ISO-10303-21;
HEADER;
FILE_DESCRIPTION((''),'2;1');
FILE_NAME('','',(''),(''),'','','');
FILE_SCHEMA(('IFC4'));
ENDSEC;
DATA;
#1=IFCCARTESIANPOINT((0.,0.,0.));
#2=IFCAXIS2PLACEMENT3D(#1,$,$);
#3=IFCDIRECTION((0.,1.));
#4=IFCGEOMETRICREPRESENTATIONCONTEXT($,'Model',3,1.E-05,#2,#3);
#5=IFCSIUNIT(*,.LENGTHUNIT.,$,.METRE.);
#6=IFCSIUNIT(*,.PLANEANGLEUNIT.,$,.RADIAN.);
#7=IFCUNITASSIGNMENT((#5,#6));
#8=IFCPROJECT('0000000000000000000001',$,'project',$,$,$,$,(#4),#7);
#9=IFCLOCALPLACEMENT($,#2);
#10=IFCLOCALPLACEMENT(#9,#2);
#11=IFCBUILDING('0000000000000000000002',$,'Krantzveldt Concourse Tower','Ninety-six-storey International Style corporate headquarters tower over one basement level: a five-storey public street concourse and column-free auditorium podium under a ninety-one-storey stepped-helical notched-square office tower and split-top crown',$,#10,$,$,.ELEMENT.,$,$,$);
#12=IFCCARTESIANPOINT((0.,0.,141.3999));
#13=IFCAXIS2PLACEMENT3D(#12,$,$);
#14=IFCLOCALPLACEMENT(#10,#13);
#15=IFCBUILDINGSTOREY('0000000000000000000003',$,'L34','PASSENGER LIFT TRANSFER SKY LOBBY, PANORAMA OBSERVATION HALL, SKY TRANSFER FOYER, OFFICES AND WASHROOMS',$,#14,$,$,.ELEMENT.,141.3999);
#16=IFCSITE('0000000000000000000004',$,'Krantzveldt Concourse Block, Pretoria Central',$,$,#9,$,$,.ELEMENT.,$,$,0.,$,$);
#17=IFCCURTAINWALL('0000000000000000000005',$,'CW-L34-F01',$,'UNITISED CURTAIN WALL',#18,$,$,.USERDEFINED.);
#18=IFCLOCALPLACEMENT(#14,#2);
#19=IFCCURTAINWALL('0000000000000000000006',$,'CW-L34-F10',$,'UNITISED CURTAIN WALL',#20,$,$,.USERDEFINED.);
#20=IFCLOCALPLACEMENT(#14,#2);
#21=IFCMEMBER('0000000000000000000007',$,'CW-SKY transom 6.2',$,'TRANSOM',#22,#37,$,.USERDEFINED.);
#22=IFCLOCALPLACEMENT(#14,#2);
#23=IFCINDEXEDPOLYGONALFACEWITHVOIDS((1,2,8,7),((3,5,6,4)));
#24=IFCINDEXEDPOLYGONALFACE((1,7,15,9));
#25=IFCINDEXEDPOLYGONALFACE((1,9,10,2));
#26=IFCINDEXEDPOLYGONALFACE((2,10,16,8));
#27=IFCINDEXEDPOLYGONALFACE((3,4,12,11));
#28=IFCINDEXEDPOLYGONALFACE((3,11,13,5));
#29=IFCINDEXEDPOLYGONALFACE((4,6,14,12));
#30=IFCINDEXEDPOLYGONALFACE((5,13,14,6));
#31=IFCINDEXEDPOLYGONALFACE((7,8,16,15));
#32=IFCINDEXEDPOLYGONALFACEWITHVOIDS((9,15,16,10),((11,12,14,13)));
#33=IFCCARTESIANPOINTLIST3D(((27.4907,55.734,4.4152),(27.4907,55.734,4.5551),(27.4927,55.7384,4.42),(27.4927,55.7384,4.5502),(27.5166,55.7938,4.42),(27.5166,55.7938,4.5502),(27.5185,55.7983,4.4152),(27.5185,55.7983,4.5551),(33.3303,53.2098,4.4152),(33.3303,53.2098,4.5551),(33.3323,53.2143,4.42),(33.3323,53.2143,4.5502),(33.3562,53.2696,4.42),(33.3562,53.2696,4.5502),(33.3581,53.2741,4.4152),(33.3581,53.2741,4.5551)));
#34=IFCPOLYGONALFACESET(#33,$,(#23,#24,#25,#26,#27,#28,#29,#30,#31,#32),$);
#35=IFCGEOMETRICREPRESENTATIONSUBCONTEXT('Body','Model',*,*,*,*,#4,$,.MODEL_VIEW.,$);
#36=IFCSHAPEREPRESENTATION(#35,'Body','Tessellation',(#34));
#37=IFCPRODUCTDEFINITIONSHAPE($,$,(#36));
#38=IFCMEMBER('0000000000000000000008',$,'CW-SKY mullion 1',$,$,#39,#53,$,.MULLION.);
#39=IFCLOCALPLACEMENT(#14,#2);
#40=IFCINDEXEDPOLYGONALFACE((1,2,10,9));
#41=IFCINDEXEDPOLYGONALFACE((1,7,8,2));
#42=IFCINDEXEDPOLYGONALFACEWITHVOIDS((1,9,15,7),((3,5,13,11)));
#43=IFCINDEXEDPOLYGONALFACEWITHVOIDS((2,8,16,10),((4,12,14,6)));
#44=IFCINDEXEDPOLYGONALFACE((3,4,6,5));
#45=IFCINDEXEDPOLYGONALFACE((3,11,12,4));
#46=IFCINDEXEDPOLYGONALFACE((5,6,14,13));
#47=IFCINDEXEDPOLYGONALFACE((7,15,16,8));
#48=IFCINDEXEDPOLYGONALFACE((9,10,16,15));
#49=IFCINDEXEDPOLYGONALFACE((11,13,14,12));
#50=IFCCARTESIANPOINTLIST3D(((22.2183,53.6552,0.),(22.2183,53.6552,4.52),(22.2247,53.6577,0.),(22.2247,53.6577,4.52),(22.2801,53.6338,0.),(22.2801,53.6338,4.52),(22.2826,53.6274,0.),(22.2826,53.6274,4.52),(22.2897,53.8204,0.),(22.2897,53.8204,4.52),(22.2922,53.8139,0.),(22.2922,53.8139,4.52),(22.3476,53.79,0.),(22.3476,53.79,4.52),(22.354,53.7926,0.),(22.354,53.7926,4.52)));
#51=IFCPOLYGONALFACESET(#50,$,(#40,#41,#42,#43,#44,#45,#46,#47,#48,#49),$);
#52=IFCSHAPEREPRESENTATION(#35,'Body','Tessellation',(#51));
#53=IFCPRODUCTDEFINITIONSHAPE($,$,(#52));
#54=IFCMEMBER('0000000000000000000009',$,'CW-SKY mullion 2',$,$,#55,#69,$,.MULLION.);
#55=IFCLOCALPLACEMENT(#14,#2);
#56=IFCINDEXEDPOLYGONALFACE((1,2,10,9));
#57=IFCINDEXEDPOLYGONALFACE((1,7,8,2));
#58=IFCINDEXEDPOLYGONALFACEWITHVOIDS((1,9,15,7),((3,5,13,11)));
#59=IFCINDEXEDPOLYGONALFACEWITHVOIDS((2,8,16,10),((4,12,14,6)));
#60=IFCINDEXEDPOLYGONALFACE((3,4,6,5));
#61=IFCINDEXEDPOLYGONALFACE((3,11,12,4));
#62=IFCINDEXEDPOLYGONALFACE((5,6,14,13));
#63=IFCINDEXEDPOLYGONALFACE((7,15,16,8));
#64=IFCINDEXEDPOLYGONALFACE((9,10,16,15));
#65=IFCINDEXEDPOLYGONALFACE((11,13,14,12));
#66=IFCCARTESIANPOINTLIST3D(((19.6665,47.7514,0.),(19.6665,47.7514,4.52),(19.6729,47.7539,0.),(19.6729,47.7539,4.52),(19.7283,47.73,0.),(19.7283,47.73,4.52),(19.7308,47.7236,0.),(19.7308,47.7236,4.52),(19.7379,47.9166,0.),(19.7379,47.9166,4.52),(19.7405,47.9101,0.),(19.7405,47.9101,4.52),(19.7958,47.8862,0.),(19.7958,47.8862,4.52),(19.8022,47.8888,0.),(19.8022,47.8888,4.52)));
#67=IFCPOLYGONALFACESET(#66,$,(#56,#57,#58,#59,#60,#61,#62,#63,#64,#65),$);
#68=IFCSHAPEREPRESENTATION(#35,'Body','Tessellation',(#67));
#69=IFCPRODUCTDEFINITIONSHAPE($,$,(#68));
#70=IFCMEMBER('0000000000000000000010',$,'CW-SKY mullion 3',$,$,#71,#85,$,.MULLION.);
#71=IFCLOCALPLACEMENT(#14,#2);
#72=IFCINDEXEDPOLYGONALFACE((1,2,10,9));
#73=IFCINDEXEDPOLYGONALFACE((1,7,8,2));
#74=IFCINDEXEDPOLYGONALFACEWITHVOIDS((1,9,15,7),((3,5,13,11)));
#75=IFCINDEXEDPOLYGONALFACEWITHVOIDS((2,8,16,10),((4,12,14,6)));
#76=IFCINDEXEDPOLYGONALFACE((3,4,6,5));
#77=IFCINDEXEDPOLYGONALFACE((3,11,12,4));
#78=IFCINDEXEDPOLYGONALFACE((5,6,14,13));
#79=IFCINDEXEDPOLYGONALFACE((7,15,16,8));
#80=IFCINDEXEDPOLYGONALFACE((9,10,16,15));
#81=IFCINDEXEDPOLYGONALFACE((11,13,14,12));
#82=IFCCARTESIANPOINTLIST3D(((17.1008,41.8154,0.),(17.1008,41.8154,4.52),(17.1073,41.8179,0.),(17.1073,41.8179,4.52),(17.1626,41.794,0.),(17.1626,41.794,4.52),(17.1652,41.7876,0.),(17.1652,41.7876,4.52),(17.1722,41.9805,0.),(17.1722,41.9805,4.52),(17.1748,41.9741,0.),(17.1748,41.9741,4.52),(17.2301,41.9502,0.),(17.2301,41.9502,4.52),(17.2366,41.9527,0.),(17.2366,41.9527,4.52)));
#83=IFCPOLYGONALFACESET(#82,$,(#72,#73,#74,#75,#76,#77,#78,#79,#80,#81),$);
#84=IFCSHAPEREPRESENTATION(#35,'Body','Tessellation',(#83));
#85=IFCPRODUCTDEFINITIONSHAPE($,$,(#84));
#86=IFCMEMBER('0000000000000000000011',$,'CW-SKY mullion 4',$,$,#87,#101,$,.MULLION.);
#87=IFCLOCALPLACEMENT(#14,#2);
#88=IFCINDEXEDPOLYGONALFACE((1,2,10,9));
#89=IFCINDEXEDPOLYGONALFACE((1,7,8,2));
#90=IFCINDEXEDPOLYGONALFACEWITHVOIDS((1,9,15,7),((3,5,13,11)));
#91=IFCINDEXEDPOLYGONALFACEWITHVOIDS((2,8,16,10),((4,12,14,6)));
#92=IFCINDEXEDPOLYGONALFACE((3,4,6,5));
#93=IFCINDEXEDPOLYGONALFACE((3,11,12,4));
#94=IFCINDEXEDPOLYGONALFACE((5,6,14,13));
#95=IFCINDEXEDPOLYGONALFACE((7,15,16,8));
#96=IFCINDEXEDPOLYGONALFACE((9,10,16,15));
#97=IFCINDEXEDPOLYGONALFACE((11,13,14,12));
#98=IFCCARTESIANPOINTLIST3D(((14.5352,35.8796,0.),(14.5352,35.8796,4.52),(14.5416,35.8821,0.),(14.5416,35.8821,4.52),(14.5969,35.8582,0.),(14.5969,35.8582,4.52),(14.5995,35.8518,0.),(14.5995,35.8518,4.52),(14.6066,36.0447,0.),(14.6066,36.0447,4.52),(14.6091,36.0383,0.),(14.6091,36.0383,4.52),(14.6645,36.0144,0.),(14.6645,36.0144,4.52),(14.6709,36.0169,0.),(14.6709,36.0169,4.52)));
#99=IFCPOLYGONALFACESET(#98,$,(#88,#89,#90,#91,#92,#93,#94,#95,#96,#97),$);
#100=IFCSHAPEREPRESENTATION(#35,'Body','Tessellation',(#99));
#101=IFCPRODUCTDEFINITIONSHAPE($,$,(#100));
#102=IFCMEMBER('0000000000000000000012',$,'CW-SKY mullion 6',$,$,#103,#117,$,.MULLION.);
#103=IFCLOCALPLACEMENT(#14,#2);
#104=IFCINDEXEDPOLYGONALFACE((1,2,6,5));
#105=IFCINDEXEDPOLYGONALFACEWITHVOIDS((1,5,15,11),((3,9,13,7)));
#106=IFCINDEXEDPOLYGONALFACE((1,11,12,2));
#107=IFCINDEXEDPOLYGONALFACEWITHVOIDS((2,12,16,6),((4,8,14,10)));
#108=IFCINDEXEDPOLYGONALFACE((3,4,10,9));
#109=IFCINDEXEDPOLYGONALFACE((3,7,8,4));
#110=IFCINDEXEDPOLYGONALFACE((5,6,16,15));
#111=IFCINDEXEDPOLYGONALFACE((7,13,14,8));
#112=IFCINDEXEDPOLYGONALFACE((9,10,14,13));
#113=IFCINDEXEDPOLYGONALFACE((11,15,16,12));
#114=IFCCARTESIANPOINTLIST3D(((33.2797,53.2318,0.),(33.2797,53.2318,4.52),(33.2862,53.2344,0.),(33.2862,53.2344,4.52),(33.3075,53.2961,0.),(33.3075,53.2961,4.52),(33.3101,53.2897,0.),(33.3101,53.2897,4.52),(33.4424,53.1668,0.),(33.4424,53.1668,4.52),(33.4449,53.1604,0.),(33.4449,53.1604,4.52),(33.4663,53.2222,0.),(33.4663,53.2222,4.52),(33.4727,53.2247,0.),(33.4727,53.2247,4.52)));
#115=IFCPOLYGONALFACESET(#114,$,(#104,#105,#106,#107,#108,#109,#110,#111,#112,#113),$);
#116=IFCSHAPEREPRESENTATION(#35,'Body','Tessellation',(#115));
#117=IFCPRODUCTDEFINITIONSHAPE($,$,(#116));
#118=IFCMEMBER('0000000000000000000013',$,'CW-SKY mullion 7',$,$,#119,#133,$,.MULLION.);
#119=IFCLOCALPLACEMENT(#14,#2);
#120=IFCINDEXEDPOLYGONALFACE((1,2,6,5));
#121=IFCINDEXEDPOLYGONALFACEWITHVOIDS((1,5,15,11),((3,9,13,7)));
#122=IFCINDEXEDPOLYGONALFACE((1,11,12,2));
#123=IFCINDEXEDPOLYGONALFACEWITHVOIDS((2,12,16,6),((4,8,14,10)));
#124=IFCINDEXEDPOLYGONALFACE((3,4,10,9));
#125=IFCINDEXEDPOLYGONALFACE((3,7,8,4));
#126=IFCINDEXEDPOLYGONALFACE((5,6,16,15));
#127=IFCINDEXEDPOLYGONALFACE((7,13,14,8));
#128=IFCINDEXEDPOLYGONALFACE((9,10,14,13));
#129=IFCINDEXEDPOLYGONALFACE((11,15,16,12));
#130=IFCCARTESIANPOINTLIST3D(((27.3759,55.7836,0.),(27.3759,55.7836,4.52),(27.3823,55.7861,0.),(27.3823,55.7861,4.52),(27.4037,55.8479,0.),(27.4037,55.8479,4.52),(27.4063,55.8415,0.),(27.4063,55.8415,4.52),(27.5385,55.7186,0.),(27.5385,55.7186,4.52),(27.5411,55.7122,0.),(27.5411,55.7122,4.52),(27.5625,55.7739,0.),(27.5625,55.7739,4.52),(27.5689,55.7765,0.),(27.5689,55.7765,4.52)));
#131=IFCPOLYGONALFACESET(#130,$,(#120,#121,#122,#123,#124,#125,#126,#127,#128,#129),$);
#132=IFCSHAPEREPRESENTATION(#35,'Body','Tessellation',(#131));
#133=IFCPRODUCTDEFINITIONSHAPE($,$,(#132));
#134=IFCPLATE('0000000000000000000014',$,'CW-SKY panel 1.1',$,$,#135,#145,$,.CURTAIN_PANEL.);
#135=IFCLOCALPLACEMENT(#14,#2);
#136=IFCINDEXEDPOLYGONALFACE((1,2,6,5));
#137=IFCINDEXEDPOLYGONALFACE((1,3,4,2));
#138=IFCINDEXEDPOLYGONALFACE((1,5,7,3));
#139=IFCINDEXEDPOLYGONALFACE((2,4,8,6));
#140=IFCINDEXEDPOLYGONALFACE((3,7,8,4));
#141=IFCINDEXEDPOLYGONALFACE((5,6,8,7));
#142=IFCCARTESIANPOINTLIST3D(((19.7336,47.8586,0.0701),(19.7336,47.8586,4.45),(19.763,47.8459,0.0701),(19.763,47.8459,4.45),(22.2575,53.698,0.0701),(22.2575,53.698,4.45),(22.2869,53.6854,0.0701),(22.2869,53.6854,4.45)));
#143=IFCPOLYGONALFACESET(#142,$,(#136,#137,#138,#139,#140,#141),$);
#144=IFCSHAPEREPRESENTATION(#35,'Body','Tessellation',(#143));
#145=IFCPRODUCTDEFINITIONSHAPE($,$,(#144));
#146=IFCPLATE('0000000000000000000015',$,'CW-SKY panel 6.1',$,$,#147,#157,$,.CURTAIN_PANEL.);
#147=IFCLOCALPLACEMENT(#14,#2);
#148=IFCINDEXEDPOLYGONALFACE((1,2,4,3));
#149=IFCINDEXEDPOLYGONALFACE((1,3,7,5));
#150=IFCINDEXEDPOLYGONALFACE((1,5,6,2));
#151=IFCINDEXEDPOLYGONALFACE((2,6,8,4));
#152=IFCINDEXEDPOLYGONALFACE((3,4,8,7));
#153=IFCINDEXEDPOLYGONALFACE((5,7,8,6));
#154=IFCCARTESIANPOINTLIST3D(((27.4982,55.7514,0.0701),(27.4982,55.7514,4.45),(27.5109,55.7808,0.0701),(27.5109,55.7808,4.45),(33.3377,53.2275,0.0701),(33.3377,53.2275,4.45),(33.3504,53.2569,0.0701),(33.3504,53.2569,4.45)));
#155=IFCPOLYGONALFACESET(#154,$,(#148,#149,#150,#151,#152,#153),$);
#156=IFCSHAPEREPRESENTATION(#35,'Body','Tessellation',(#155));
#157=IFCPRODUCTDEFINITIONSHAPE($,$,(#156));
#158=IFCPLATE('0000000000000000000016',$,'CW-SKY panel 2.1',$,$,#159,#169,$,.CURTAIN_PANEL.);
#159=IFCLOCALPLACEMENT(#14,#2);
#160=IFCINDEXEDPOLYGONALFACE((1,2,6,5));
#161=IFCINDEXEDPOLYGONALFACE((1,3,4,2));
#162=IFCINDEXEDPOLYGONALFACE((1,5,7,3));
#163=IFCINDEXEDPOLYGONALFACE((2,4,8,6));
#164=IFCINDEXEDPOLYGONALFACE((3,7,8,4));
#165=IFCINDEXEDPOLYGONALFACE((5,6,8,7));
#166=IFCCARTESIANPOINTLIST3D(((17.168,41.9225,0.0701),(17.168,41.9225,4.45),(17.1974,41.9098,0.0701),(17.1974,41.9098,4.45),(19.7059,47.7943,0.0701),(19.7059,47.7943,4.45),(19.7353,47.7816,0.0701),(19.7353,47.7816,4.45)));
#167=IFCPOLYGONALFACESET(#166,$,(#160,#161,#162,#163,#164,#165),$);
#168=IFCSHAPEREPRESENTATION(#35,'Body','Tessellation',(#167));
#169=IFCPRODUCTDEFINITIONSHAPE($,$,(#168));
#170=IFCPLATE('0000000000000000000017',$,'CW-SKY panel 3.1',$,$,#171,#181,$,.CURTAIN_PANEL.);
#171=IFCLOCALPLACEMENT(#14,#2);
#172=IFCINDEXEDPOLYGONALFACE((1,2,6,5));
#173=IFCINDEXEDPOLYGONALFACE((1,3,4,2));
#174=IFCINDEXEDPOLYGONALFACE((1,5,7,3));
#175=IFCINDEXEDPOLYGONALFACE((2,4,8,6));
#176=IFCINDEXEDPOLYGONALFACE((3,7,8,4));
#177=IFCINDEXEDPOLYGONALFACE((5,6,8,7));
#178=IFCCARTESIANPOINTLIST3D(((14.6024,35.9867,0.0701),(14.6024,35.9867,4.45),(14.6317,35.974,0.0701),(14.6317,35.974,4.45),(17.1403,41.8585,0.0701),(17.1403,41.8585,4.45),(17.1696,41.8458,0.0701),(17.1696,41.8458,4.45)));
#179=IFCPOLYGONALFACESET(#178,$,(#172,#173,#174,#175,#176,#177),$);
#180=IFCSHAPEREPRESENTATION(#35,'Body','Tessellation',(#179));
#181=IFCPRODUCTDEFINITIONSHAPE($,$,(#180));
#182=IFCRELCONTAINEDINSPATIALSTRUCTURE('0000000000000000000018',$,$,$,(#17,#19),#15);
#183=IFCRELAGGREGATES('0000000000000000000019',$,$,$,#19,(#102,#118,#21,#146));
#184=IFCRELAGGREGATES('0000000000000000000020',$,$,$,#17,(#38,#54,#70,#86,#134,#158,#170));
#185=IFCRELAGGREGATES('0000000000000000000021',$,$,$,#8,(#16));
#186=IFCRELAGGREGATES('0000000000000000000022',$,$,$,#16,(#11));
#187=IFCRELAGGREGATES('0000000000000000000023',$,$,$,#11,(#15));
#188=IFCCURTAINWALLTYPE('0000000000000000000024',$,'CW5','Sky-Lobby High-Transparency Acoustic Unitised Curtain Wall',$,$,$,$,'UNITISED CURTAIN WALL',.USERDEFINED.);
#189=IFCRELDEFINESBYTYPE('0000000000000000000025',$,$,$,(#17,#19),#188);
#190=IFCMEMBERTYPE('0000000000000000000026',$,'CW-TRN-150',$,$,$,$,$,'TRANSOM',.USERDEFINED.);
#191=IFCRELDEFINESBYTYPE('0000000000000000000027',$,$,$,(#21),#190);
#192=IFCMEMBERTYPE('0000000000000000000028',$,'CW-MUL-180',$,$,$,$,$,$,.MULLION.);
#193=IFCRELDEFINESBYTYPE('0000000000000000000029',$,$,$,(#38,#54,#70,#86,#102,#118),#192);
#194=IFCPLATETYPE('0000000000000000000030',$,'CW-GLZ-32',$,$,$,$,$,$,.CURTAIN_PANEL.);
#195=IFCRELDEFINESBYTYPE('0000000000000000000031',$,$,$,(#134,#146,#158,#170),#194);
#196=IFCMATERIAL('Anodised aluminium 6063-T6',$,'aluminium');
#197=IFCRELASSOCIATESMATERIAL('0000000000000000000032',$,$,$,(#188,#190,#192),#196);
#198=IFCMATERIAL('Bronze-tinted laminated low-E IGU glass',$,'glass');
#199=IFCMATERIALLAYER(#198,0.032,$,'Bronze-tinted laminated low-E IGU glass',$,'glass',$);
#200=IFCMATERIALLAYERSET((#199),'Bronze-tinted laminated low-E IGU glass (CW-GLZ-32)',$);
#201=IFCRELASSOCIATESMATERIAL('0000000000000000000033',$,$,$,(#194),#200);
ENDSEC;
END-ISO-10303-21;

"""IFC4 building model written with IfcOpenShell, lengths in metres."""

from ifc_helpers import new_model, si_unit, direction, frame, origin, origin_2d, place, context, subcontext, project, spatial, rectangle, hollow_rectangle, extrude, source, transform, mapped, material, layer, layer_set, material_profile, profile_set, type_object, type_shapes, element, aggregate, save


model = new_model("IFC4")

# Units and contexts
model_context = context("Model", 3, precision=1e-05, world=origin(), true_north=direction((0.0, 1.0)))
body_context = subcontext(model_context, "Body", "Model", "MODEL_VIEW")
ifc_project = project(units=[si_unit("LENGTHUNIT", "METRE"), si_unit("PLANEANGLEUNIT", "RADIAN")], contexts=[model_context])

# Site, building, storey
site_placement = place(None, origin())
site = spatial("IfcSite", under=ifc_project, at=site_placement, Name="Krantzveldt Concourse Block, Pretoria Central", CompositionType="ELEMENT", RefElevation=0.0)
building_placement = place(site_placement, origin())
building = spatial("IfcBuilding", under=site, at=building_placement, Name="Krantzveldt Concourse Tower", Description="Ninety-six-storey International Style corporate headquarters tower over one basement level: a five-storey public street concourse and column-free auditorium podium under a ninety-one-storey stepped-helical notched-square office tower and split-top crown", CompositionType="ELEMENT")
storey_placement = place(building_placement, frame((0.0, 0.0, 141.3999)))
storey = spatial("IfcBuildingStorey", under=building, at=storey_placement, Name="L34", Description="PASSENGER LIFT TRANSFER SKY LOBBY, PANORAMA OBSERVATION HALL, SKY TRANSFER FOYER, OFFICES AND WASHROOMS", CompositionType="ELEMENT", Elevation=141.3999)

# Curtain walls, member
ifc_material_1 = material(Name="Anodised aluminium 6063-T6", Category="aluminium")
curtain_wall_type = type_object("IfcCurtainWallType", Name="CW5", Description="Sky-Lobby High-Transparency Acoustic Unitised Curtain Wall", ElementType="UNITISED CURTAIN WALL", PredefinedType="USERDEFINED", material=ifc_material_1)
curtain_wall_1_placement = place(storey_placement, origin())
curtain_wall_1 = element("IfcCurtainWall", 1, at=curtain_wall_1_placement, inside=storey, type_object=curtain_wall_type, Name="CW-L34-F01", ObjectType="UNITISED CURTAIN WALL", PredefinedType="USERDEFINED")
ifc_material_profile_1 = material_profile(ifc_material_1, hollow_rectangle(XDim=0.0701, YDim=0.1399, WallThickness=0.0049, at=origin_2d()), Name="Anodised aluminium 6063-T6", Category="aluminium")
ifc_profile_set_1 = profile_set([ifc_material_profile_1], Name="Anodised aluminium 6063-T6 - ALU-TRAN 140x70x5")
member_type_1 = type_object("IfcMemberType", Name="CW-TRN-150", ElementType="TRANSOM", PredefinedType="USERDEFINED", material=ifc_profile_set_1)
curtain_wall_2_placement = place(storey_placement, origin())
curtain_wall_2 = element("IfcCurtainWall", 2, at=curtain_wall_2_placement, inside=storey, type_object=curtain_wall_type, Name="CW-L34-F10", ObjectType="UNITISED CURTAIN WALL", PredefinedType="USERDEFINED")
shared_shape_1 = source(origin(), body_context, "Body", "SweptSolid", [
    extrude(hollow_rectangle(XDim=0.0701, YDim=0.1399, WallThickness=0.0049, at=origin_2d()), origin(), (0.0, 0.0, 1.0), 6.3618),
])
member_1_placement = place(storey_placement, frame((33.3442, 53.2419, 4.4851), z_axis=(-0.917918, 0.39677, 0.0), x_axis=(-0.39677, -0.917918, 0.0)))
member_1 = element("IfcMember", 3, at=member_1_placement, type_object=member_type_1, Name="CW-SKY transom 6.2", ObjectType="TRANSOM", PredefinedType="USERDEFINED", context=body_context, shape_type="MappedRepresentation", body=[
    mapped(shared_shape_1, transform((0.0, 0.0, 0.0), x_axis=(1.0, 0.0, 0.0), y_axis=(0.0, 1.0, 0.0), z_axis=(0.0, 0.0, 1.0), scale=1.0)),
])

# Members
ifc_material_profile_2 = material_profile(ifc_material_1, hollow_rectangle(XDim=0.0701, YDim=0.1799, WallThickness=0.0049, at=origin_2d()), Name="Anodised aluminium 6063-T6", Category="aluminium")
ifc_profile_set_2 = profile_set([ifc_material_profile_2], Name="Anodised aluminium 6063-T6 - ALU-MULL 180x70x5")
member_type_2 = type_object("IfcMemberType", Name="CW-MUL-180", PredefinedType="MULLION", material=ifc_profile_set_2)
shared_shape_2 = source(origin(), body_context, "Body", "SweptSolid", [
    extrude(hollow_rectangle(XDim=0.0701, YDim=0.1799, WallThickness=0.0049, at=origin_2d()), origin(), (0.0, 0.0, 1.0), 4.52),
])
type_shapes(member_type_2, [shared_shape_2])
member_2_placement = place(storey_placement, frame((22.2861, 53.7239, 0.0), z_axis=(0.0, 0.0, 1.0), x_axis=(0.917928, -0.396747, 0.0)))
member_2 = element("IfcMember", 4, at=member_2_placement, type_object=member_type_2, Name="CW-SKY mullion 1", PredefinedType="MULLION", context=body_context, shape_type="MappedRepresentation", body=[
    mapped(shared_shape_2, transform((0.0, 0.0, 0.0), x_axis=(1.0, 0.0, 0.0), y_axis=(0.0, 1.0, 0.0), z_axis=(0.0, 0.0, 1.0), scale=1.0)),
])
member_3_placement = place(storey_placement, frame((19.7344, 47.8201, 0.0), z_axis=(0.0, 0.0, 1.0), x_axis=(0.917928, -0.396747, 0.0)))
member_3 = element("IfcMember", 5, at=member_3_placement, type_object=member_type_2, Name="CW-SKY mullion 2", PredefinedType="MULLION", context=body_context, shape_type="MappedRepresentation", body=[
    mapped(shared_shape_2, transform((0.0, 0.0, 0.0), x_axis=(1.0, 0.0, 0.0), y_axis=(0.0, 1.0, 0.0), z_axis=(0.0, 0.0, 1.0), scale=1.0)),
])
member_4_placement = place(storey_placement, frame((17.1687, 41.884, 0.0), z_axis=(0.0, 0.0, 1.0), x_axis=(0.917928, -0.396747, 0.0)))
member_4 = element("IfcMember", 6, at=member_4_placement, type_object=member_type_2, Name="CW-SKY mullion 3", PredefinedType="MULLION", context=body_context, shape_type="MappedRepresentation", body=[
    mapped(shared_shape_2, transform((0.0, 0.0, 0.0), x_axis=(1.0, 0.0, 0.0), y_axis=(0.0, 1.0, 0.0), z_axis=(0.0, 0.0, 1.0), scale=1.0)),
])
member_5_placement = place(storey_placement, frame((14.603, 35.9482, 0.0), z_axis=(0.0, 0.0, 1.0), x_axis=(0.917928, -0.396747, 0.0)))
member_5 = element("IfcMember", 7, at=member_5_placement, type_object=member_type_2, Name="CW-SKY mullion 4", PredefinedType="MULLION", context=body_context, shape_type="MappedRepresentation", body=[
    mapped(shared_shape_2, transform((0.0, 0.0, 0.0), x_axis=(1.0, 0.0, 0.0), y_axis=(0.0, 1.0, 0.0), z_axis=(0.0, 0.0, 1.0), scale=1.0)),
])
member_6_placement = place(storey_placement, frame((33.3762, 53.2283, 0.0), z_axis=(0.0, 0.0, 1.0), x_axis=(-0.396747, -0.917928, 0.0)))
member_6 = element("IfcMember", 8, at=member_6_placement, type_object=member_type_2, Name="CW-SKY mullion 6", PredefinedType="MULLION", context=body_context, shape_type="MappedRepresentation", body=[
    mapped(shared_shape_2, transform((0.0, 0.0, 0.0), x_axis=(1.0, 0.0, 0.0), y_axis=(0.0, 1.0, 0.0), z_axis=(0.0, 0.0, 1.0), scale=1.0)),
])
member_7_placement = place(storey_placement, frame((27.4724, 55.78, 0.0), z_axis=(0.0, 0.0, 1.0), x_axis=(-0.396747, -0.917928, 0.0)))
member_7 = element("IfcMember", 9, at=member_7_placement, type_object=member_type_2, Name="CW-SKY mullion 7", PredefinedType="MULLION", context=body_context, shape_type="MappedRepresentation", body=[
    mapped(shared_shape_2, transform((0.0, 0.0, 0.0), x_axis=(1.0, 0.0, 0.0), y_axis=(0.0, 1.0, 0.0), z_axis=(0.0, 0.0, 1.0), scale=1.0)),
])

# Plates
ifc_material_2 = material(Name="Bronze-tinted laminated low-E IGU glass", Category="glass")
ifc_layer_1 = layer(ifc_material_2, 0.032, Name="Bronze-tinted laminated low-E IGU glass", Category="glass")
ifc_layer_set_1 = layer_set([ifc_layer_1], Name="Bronze-tinted laminated low-E IGU glass (CW-GLZ-32)")
plate_type = type_object("IfcPlateType", Name="CW-GLZ-32", PredefinedType="CURTAIN_PANEL", material=ifc_layer_set_1)
shared_shape_3 = source(origin(), body_context, "Body", "SweptSolid", [
    extrude(rectangle(XDim=6.3616, YDim=0.032, at=origin_2d()), origin(), (0.0, 0.0, 1.0), 4.3799),
])
plate_1_placement = place(storey_placement, frame((21.0103, 50.772, 0.0701), z_axis=(0.0, 0.0, 1.0), x_axis=(-0.396747, -0.917928, 0.0)))
plate_1 = element("IfcPlate", 10, at=plate_1_placement, type_object=plate_type, Name="CW-SKY panel 1.1", PredefinedType="CURTAIN_PANEL", context=body_context, shape_type="MappedRepresentation", body=[
    mapped(shared_shape_3, transform((0.0, 0.0, 0.0), x_axis=(1.0, 0.0, 0.0), y_axis=(0.0, 1.0, 0.0), z_axis=(0.0, 0.0, 1.0), scale=1.0)),
])
plate_2_placement = place(storey_placement, frame((30.4243, 54.5042, 0.0701), z_axis=(0.0, 0.0, 1.0), x_axis=(-0.917928, 0.396747, 0.0)))
plate_2 = element("IfcPlate", 11, at=plate_2_placement, type_object=plate_type, Name="CW-SKY panel 6.1", PredefinedType="CURTAIN_PANEL", context=body_context, shape_type="MappedRepresentation", body=[
    mapped(shared_shape_3, transform((0.0, 0.0, 0.0), x_axis=(1.0, 0.0, 0.0), y_axis=(0.0, 1.0, 0.0), z_axis=(0.0, 0.0, 1.0), scale=1.0)),
])
aggregate(curtain_wall_2, [member_6, member_7, member_1, plate_2])
shared_shape_4 = source(origin(), body_context, "Body", "SweptSolid", [
    extrude(rectangle(XDim=6.3967, YDim=0.032, at=origin_2d()), origin(), (0.0, 0.0, 1.0), 4.3799),
])
type_shapes(plate_type, [shared_shape_3, shared_shape_4])
plate_3_placement = place(storey_placement, frame((18.4517, 44.8521, 0.0701), z_axis=(0.0, 0.0, 1.0), x_axis=(-0.396747, -0.917928, 0.0)))
plate_3 = element("IfcPlate", 12, at=plate_3_placement, type_object=plate_type, Name="CW-SKY panel 2.1", PredefinedType="CURTAIN_PANEL", context=body_context, shape_type="MappedRepresentation", body=[
    mapped(shared_shape_4, transform((0.0, 0.0, 0.0), x_axis=(1.0, 0.0, 0.0), y_axis=(0.0, 1.0, 0.0), z_axis=(0.0, 0.0, 1.0), scale=1.0)),
])
plate_4_placement = place(storey_placement, frame((15.886, 38.9163, 0.0701), z_axis=(0.0, 0.0, 1.0), x_axis=(-0.396747, -0.917928, 0.0)))
plate_4 = element("IfcPlate", 13, at=plate_4_placement, type_object=plate_type, Name="CW-SKY panel 3.1", PredefinedType="CURTAIN_PANEL", context=body_context, shape_type="MappedRepresentation", body=[
    mapped(shared_shape_4, transform((0.0, 0.0, 0.0), x_axis=(1.0, 0.0, 0.0), y_axis=(0.0, 1.0, 0.0), z_axis=(0.0, 0.0, 1.0), scale=1.0)),
])
aggregate(curtain_wall_1, [member_2, member_3, member_4, member_5, plate_1, plate_3, plate_4])

save(model, "model.ifc")
